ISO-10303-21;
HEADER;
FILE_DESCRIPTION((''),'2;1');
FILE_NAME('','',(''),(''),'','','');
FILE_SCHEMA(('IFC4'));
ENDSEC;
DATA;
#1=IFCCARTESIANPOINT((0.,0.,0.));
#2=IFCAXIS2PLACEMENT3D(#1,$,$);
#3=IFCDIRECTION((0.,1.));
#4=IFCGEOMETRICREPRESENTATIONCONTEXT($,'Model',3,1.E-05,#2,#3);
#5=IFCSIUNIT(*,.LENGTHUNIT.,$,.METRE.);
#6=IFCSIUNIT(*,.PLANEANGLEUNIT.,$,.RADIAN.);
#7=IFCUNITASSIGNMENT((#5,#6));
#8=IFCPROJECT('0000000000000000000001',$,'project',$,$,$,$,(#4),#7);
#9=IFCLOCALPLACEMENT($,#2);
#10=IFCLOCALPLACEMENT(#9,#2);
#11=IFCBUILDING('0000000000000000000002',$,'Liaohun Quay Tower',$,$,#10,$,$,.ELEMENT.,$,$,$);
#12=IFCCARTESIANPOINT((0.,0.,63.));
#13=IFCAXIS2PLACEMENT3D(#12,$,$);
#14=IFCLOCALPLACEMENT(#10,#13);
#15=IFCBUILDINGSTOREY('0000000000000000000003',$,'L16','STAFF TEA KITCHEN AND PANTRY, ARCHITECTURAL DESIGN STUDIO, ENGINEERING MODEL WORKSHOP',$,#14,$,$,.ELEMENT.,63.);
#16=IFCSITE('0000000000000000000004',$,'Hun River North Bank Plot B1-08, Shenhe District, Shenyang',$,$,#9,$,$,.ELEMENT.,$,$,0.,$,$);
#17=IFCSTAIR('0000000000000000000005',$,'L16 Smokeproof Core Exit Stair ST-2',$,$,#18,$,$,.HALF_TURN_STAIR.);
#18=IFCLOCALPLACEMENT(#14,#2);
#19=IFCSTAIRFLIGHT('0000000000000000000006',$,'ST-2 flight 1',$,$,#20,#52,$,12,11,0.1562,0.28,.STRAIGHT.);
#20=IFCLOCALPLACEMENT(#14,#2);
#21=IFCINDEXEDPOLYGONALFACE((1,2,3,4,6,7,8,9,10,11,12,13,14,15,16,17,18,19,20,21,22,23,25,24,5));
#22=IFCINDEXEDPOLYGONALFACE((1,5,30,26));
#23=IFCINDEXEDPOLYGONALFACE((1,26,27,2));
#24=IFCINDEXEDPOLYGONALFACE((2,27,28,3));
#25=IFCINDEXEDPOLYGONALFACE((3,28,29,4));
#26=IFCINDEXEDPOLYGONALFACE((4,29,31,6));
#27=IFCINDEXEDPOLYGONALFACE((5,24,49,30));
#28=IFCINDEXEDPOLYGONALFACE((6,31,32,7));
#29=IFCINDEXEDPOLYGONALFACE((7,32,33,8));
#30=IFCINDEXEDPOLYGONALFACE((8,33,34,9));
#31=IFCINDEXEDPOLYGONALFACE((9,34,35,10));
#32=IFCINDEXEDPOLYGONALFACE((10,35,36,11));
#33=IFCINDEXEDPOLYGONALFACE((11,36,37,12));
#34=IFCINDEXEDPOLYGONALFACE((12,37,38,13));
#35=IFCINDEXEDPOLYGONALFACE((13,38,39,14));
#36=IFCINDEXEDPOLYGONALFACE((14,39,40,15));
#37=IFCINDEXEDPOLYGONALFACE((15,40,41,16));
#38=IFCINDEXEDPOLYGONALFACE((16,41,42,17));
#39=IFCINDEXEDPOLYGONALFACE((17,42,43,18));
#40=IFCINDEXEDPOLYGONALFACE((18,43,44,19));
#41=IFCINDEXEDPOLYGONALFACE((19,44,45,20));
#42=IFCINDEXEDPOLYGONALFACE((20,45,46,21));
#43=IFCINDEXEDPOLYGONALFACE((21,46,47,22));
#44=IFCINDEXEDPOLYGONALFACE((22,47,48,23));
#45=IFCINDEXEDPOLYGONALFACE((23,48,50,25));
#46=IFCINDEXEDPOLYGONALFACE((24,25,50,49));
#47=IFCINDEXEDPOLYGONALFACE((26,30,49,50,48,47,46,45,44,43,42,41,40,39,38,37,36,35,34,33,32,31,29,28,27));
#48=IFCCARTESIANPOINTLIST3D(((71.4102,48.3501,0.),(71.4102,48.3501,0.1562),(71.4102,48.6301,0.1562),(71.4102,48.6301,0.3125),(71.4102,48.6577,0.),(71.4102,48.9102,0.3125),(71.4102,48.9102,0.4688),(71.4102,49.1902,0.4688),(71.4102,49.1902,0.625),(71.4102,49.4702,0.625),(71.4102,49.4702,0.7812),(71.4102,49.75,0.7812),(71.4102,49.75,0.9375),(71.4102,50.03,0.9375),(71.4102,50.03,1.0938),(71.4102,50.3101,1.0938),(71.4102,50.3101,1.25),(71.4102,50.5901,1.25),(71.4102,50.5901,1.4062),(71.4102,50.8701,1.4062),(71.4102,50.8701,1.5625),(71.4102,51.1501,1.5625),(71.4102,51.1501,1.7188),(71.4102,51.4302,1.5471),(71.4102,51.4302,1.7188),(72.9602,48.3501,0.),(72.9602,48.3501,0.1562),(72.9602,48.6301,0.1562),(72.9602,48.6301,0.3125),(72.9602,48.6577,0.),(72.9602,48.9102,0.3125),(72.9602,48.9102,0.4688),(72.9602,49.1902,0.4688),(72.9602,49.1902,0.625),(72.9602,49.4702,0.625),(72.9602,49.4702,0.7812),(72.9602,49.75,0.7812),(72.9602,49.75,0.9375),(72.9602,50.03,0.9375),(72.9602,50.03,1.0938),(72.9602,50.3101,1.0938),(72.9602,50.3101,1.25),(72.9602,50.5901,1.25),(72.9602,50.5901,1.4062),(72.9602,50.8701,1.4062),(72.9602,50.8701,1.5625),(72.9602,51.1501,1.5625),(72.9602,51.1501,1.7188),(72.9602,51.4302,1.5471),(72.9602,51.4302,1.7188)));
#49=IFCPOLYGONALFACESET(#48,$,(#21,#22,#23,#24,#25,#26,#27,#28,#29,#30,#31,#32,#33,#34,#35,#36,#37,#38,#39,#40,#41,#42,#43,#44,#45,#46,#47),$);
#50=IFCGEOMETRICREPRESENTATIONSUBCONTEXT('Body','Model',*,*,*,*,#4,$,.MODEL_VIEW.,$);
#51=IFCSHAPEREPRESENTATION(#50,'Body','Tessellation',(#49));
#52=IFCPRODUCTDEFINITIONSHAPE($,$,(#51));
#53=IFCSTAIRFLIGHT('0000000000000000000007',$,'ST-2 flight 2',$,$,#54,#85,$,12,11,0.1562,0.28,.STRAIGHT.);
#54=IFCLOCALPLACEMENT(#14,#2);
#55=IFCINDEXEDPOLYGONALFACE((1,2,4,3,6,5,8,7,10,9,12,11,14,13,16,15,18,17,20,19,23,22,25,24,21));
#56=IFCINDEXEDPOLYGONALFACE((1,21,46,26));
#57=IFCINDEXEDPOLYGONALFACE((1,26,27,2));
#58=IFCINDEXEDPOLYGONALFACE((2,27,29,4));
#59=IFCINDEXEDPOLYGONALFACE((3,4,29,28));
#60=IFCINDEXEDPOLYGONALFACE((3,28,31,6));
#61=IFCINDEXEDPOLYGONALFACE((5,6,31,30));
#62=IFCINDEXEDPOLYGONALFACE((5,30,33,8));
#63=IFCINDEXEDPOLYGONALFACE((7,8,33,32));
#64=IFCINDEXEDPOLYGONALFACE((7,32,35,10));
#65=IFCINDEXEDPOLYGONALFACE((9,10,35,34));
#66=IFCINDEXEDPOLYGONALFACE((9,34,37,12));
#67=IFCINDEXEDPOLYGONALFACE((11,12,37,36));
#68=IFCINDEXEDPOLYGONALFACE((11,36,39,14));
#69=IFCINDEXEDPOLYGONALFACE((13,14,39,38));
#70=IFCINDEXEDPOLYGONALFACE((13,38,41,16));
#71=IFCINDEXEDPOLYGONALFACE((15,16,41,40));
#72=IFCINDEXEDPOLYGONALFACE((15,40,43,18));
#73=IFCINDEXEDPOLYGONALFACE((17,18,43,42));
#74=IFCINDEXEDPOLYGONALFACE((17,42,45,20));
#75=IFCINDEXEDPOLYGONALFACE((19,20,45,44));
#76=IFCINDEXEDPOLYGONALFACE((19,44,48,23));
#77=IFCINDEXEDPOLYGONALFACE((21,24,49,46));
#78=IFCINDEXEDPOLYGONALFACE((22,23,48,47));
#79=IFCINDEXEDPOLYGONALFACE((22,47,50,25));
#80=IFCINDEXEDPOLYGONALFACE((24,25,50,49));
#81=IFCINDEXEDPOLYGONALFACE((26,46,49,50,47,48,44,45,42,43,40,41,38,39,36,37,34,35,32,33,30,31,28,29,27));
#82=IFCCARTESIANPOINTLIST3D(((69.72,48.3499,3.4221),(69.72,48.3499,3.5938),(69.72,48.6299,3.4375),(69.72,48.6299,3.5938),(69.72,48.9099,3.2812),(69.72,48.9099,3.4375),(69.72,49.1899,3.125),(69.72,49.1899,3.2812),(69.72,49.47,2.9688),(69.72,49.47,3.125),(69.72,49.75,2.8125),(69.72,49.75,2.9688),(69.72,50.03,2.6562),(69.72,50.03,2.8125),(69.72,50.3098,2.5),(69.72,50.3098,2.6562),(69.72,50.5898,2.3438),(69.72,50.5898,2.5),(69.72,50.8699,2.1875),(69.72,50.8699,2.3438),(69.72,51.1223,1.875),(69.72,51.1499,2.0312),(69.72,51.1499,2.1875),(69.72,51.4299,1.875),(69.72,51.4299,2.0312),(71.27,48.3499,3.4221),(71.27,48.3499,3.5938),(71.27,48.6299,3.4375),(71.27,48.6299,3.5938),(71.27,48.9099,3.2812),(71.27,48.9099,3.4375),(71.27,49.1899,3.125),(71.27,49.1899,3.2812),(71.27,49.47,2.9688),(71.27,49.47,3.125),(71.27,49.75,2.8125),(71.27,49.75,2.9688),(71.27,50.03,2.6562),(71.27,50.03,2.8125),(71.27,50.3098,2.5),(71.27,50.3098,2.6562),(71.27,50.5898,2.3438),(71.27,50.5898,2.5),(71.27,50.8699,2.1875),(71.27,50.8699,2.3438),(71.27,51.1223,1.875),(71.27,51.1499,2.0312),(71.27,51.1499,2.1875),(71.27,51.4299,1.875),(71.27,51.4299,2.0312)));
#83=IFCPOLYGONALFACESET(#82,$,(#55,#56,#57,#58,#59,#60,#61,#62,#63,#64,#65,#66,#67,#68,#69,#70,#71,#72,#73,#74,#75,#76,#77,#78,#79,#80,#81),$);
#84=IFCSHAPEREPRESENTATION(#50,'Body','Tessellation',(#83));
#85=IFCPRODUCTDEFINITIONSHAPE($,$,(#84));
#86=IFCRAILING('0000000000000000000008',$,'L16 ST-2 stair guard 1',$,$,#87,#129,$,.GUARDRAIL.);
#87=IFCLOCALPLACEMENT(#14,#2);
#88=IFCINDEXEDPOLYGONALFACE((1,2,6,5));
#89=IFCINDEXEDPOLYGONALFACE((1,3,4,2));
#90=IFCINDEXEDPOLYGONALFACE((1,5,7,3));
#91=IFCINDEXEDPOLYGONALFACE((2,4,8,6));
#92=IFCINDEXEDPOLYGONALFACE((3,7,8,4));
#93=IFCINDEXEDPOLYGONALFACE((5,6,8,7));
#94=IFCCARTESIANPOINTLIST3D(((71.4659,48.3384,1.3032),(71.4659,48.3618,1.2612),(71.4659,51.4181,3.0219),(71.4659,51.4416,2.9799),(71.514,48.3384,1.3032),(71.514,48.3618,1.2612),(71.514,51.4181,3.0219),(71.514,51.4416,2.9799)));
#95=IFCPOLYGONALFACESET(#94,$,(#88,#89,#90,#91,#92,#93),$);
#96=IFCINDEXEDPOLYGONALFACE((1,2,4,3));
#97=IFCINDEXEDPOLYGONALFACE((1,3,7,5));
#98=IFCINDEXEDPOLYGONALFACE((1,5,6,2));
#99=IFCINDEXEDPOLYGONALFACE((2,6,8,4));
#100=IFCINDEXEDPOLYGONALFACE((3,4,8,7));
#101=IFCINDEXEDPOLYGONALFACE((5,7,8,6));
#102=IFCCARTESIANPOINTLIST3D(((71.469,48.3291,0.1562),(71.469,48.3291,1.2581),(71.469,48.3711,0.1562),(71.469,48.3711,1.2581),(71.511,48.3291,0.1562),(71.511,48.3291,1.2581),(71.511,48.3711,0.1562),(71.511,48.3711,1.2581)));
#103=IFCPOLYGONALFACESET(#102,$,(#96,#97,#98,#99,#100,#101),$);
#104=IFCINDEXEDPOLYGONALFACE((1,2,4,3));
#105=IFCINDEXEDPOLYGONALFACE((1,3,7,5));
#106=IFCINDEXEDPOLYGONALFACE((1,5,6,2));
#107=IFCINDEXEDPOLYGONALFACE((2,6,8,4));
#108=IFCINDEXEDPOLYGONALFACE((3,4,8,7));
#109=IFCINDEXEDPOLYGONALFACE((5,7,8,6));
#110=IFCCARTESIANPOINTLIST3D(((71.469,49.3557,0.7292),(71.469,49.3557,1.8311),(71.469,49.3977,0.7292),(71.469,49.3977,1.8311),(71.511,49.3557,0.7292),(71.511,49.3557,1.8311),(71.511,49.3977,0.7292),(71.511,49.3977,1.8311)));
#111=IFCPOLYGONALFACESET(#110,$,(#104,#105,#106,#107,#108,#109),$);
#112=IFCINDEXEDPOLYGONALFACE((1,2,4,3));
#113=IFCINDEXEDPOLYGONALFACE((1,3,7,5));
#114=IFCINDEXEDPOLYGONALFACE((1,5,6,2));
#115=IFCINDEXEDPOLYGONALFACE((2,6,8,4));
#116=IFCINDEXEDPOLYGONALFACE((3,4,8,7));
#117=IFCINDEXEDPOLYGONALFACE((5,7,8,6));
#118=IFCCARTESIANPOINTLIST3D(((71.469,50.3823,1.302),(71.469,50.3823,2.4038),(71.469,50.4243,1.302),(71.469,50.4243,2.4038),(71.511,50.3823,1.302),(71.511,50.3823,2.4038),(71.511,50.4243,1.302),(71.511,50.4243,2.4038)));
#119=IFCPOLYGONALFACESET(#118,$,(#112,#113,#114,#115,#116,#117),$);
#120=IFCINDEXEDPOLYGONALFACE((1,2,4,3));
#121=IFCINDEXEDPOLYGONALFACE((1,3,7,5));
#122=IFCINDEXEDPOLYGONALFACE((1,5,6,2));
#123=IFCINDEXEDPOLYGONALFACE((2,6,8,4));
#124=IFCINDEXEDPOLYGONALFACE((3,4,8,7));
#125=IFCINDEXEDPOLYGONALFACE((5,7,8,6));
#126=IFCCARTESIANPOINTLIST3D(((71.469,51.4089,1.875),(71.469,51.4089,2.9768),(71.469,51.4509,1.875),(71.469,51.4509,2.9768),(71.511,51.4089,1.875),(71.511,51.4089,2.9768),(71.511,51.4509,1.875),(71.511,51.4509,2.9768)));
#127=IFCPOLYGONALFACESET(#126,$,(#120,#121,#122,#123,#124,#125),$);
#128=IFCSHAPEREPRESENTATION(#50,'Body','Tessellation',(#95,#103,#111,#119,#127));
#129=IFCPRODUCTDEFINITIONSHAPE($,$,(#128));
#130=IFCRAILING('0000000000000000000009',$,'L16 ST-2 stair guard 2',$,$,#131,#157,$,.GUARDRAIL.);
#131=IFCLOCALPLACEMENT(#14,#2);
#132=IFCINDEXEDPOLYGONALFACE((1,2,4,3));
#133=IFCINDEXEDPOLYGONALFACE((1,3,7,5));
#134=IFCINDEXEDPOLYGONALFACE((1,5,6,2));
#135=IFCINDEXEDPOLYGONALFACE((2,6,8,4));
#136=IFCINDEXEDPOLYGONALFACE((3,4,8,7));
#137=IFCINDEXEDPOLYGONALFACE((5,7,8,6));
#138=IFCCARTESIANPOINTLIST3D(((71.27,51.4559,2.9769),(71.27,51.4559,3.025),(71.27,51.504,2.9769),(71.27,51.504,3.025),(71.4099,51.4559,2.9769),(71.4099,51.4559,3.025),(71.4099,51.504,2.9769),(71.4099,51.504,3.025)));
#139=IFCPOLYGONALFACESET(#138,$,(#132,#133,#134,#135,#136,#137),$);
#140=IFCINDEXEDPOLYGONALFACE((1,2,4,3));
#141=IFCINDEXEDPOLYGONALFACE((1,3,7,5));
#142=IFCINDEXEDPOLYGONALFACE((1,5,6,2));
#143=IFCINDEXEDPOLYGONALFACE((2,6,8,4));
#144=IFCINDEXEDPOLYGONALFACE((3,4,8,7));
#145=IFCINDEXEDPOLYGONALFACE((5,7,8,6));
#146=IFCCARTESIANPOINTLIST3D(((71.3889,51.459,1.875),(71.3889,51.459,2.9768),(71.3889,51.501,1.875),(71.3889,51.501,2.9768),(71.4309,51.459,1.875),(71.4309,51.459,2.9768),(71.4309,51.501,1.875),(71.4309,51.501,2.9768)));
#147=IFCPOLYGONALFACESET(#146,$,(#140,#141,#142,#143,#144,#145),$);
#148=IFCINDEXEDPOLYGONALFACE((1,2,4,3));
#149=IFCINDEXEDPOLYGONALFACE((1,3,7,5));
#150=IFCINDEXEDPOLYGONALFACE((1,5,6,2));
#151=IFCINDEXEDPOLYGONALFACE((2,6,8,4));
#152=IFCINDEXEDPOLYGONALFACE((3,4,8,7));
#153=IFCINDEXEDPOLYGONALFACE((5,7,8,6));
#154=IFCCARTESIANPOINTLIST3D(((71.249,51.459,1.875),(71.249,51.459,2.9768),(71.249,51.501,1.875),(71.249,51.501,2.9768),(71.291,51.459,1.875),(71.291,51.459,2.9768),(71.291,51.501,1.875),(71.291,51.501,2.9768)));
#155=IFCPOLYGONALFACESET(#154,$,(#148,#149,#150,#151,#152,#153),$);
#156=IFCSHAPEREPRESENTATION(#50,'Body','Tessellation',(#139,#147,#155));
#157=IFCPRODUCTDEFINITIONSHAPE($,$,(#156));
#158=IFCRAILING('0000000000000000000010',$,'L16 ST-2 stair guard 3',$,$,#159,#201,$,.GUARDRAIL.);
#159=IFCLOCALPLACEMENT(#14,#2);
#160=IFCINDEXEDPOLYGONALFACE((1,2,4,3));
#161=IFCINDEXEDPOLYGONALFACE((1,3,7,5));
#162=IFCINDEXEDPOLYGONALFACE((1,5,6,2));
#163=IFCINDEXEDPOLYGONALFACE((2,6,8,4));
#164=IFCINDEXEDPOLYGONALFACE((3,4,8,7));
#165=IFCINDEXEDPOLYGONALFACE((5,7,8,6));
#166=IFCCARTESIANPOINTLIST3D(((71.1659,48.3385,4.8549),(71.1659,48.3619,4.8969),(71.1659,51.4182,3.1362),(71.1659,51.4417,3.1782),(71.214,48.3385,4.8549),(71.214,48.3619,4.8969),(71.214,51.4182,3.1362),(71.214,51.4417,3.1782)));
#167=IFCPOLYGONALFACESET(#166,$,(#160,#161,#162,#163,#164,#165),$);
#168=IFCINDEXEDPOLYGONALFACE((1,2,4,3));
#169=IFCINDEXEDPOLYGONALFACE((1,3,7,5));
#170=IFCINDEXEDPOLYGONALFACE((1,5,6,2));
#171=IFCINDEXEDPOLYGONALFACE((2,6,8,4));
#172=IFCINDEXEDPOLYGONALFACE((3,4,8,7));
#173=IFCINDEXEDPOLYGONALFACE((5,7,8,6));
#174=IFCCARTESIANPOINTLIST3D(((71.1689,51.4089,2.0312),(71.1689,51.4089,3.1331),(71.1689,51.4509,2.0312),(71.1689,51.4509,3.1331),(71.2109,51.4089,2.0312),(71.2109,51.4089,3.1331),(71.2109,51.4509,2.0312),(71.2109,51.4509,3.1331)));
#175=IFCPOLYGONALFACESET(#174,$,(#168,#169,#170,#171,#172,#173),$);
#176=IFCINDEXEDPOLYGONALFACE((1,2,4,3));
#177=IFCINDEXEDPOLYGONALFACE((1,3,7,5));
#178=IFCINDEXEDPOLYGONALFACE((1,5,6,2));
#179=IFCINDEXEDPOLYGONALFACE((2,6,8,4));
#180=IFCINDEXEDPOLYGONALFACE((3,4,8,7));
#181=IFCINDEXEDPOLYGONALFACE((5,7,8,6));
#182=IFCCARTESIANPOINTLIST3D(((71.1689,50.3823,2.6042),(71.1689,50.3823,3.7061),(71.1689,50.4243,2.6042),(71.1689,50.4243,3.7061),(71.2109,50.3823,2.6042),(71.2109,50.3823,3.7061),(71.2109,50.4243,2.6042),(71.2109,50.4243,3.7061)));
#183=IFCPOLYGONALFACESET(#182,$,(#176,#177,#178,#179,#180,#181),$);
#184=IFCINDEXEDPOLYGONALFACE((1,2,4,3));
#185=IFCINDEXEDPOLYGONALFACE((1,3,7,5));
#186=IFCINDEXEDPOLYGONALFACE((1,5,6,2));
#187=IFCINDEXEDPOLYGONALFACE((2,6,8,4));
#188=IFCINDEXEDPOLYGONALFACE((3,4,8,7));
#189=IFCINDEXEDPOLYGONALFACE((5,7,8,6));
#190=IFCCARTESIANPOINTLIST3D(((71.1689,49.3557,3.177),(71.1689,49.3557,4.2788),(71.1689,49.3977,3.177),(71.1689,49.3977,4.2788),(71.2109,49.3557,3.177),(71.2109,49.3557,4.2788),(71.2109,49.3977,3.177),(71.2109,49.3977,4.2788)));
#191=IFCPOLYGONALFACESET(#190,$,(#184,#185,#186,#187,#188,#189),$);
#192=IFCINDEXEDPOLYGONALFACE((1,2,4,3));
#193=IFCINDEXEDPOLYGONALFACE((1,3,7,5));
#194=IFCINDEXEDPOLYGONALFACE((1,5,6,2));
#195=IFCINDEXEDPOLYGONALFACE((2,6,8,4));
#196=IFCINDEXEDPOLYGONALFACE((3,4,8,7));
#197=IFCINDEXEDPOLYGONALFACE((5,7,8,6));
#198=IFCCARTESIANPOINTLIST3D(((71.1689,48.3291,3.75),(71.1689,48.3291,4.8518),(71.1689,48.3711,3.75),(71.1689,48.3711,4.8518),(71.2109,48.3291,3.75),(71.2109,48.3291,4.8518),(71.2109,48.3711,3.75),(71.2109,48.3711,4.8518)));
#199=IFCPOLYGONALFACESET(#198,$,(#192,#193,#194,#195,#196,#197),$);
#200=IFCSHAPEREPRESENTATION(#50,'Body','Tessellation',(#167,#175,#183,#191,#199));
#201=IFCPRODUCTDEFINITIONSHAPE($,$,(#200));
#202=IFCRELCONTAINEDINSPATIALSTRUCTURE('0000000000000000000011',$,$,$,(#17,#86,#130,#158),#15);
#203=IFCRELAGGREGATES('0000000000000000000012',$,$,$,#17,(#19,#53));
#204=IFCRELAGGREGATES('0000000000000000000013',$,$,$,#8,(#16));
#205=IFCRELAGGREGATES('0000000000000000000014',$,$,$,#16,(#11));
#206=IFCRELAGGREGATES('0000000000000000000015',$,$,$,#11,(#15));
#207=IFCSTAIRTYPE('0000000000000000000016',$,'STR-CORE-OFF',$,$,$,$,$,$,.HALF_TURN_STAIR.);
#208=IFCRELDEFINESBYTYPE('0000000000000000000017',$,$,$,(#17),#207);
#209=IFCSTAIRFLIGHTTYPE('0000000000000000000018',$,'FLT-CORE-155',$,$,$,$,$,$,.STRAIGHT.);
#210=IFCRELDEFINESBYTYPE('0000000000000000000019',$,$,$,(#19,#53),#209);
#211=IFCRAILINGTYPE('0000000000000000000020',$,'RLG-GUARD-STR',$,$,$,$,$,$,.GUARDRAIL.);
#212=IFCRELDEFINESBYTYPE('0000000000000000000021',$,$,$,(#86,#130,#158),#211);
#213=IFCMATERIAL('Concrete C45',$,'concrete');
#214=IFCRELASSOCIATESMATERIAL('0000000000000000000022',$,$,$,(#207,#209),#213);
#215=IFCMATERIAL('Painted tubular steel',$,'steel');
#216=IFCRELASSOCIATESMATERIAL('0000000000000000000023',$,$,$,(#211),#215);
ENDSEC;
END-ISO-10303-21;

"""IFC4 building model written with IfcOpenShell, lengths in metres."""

from ifc_helpers import new_model, si_unit, direction, frame, origin, origin_2d, place, context, subcontext, project, spatial, polyline, rectangle, outline, extrude, material, type_object, element, aggregate, save


model = new_model("IFC4")

# Units and contexts
model_context = context("Model", 3, precision=1e-05, world=origin(), true_north=direction((0.0, 1.0)))
body_context = subcontext(model_context, "Body", "Model", "MODEL_VIEW")
ifc_project = project(units=[si_unit("LENGTHUNIT", "METRE"), si_unit("PLANEANGLEUNIT", "RADIAN")], contexts=[model_context])

# Site, building, storey
site_placement = place(None, origin())
site = spatial("IfcSite", under=ifc_project, at=site_placement, Name="Hun River North Bank Plot B1-08, Shenhe District, Shenyang", CompositionType="ELEMENT", RefElevation=0.0)
building_placement = place(site_placement, origin())
building = spatial("IfcBuilding", under=site, at=building_placement, Name="Liaohun Quay Tower", CompositionType="ELEMENT")
storey_placement = place(building_placement, frame((0.0, 0.0, 63.0)))
storey = spatial("IfcBuildingStorey", under=building, at=storey_placement, Name="L16", Description="STAFF TEA KITCHEN AND PANTRY, ARCHITECTURAL DESIGN STUDIO, ENGINEERING MODEL WORKSHOP", CompositionType="ELEMENT", Elevation=63.0)

# Stair, stair flights
ifc_material_1 = material(Name="Concrete C45", Category="concrete")
stair_type = type_object("IfcStairType", Name="STR-CORE-OFF", PredefinedType="HALF_TURN_STAIR", material=ifc_material_1)
stair_placement = place(storey_placement, origin())
stair = element("IfcStair", 1, at=stair_placement, inside=storey, type_object=stair_type, Name="L16 Smokeproof Core Exit Stair ST-2", PredefinedType="HALF_TURN_STAIR")
stair_flight_type = type_object("IfcStairFlightType", Name="FLT-CORE-155", PredefinedType="STRAIGHT", material=ifc_material_1)
stair_flight_1_placement = place(storey_placement, frame((72.1851, 48.3501, 0.0), z_axis=(0.0, 0.0, 1.0), x_axis=(0.0, 1.0, 0.0)))
stair_flight_1 = element("IfcStairFlight", 2, at=stair_flight_1_placement, type_object=stair_flight_type, Name="ST-2 flight 1", NumberOfRisers=12, NumberOfTreads=11, PredefinedType="STRAIGHT", RiserHeight=0.1562, TreadLength=0.28, context=body_context, shape_type="SweptSolid", body=[
    extrude(outline(polyline([(0.0, 0.0), (0.0, 0.1562), (0.28, 0.1562), (0.28, 0.3125), (0.5601, 0.3125), (0.5601, 0.4688), (0.8401, 0.4688), (0.8401, 0.625), (1.1201, 0.625), (1.1201, 0.7812), (1.3999, 0.7812), (1.3999, 0.9375), (1.6799, 0.9375), (1.6799, 1.0938), (1.96, 1.0938), (1.96, 1.25), (2.24, 1.25), (2.24, 1.4062), (2.52, 1.4062), (2.52, 1.5625), (2.8, 1.5625), (2.8, 1.7188), (3.0801, 1.7188), (3.0801, 1.875), (3.0801, 1.5471), (0.3076, 0.0), (0.0, 0.0)])), frame((0.0, 0.7749, 0.0), z_axis=(0.0, -1.0, 0.0), x_axis=(1.0, 0.0, 0.0)), (0.0, 0.0, 1.0), 1.55),
])
stair_flight_2_placement = place(storey_placement, frame((70.4951, 51.4299, 1.875), z_axis=(0.0, 0.0, 1.0), x_axis=(0.0, -1.0, 0.0)))
stair_flight_2 = element("IfcStairFlight", 3, at=stair_flight_2_placement, type_object=stair_flight_type, Name="ST-2 flight 2", NumberOfRisers=12, NumberOfTreads=11, PredefinedType="STRAIGHT", RiserHeight=0.1562, TreadLength=0.28, context=body_context, shape_type="SweptSolid", body=[
    extrude(outline(polyline([(0.0, 0.0), (0.0, 0.1562), (0.28, 0.1562), (0.28, 0.3125), (0.5601, 0.3125), (0.5601, 0.4688), (0.8401, 0.4688), (0.8401, 0.625), (1.1201, 0.625), (1.1201, 0.7812), (1.3999, 0.7812), (1.3999, 0.9375), (1.6799, 0.9375), (1.6799, 1.0938), (1.96, 1.0938), (1.96, 1.25), (2.24, 1.25), (2.24, 1.4062), (2.52, 1.4062), (2.52, 1.5625), (2.8, 1.5625), (2.8, 1.7188), (3.0801, 1.7188), (3.0801, 1.875), (3.0801, 1.5471), (0.3076, 0.0), (0.0, 0.0)])), frame((0.0, 0.7749, 0.0), z_axis=(0.0, -1.0, 0.0), x_axis=(1.0, 0.0, 0.0)), (0.0, 0.0, 1.0), 1.55),
])
aggregate(stair, [stair_flight_1, stair_flight_2])

# Railings
ifc_material_2 = material(Name="Painted tubular steel", Category="steel")
railing_type_1 = type_object("IfcRailingType", Name="RLG-GUARD-STR", PredefinedType="GUARDRAIL", material=ifc_material_2)
railing_1_placement = place(storey_placement, frame((71.49, 48.3501, 0.1562)))
element("IfcRailing", 4, at=railing_1_placement, inside=storey, type_object=railing_type_1, Name="L16 ST-2 stair guard 1", PredefinedType="GUARDRAIL", context=body_context, shape_type="SweptSolid", body=[
    extrude(rectangle(XDim=0.0481, YDim=0.0481, at=origin_2d()), frame((0.0, 0.0, 1.126), z_axis=(0.0, 0.873225, 0.487317), x_axis=(-1.0, 0.0, 0.0)), (0.0, 0.0, 1.0), 3.5269),
    extrude(rectangle(XDim=0.042, YDim=0.042, at=origin_2d()), origin(), (0.0, 0.0, 1.0), 1.1018),
    extrude(rectangle(XDim=0.042, YDim=0.042, at=origin_2d()), frame((0.0, 1.0266, 0.573)), (0.0, 0.0, 1.0), 1.1018),
    extrude(rectangle(XDim=0.042, YDim=0.042, at=origin_2d()), frame((0.0, 2.0532, 1.1458)), (0.0, 0.0, 1.0), 1.1018),
    extrude(rectangle(XDim=0.042, YDim=0.042, at=origin_2d()), frame((0.0, 3.0798, 1.7188)), (0.0, 0.0, 1.0), 1.1018),
])
railing_2_placement = place(storey_placement, frame((71.4099, 51.48, 1.875)))
element("IfcRailing", 5, at=railing_2_placement, inside=storey, type_object=railing_type_1, Name="L16 ST-2 stair guard 2", PredefinedType="GUARDRAIL", context=body_context, shape_type="SweptSolid", body=[
    extrude(rectangle(XDim=0.0481, YDim=0.0481, at=origin_2d()), frame((0.0, 0.0, 1.126), z_axis=(-1.0, 0.0, 0.0), x_axis=(0.0, -1.0, 0.0)), (0.0, 0.0, 1.0), 0.1399),
    extrude(rectangle(XDim=0.042, YDim=0.042, at=origin_2d()), origin(), (0.0, 0.0, 1.0), 1.1018),
    extrude(rectangle(XDim=0.042, YDim=0.042, at=origin_2d()), frame((-0.1399, 0.0, 0.0)), (0.0, 0.0, 1.0), 1.1018),
])
railing_3_placement = place(storey_placement, frame((71.1899, 51.4299, 2.0312)))
element("IfcRailing", 6, at=railing_3_placement, inside=storey, type_object=railing_type_1, Name="L16 ST-2 stair guard 3", PredefinedType="GUARDRAIL", context=body_context, shape_type="SweptSolid", body=[
    extrude(rectangle(XDim=0.0481, YDim=0.0481, at=origin_2d()), frame((0.0, 0.0, 1.126), z_axis=(0.0, -0.873225, 0.487317), x_axis=(1.0, 0.0, 0.0)), (0.0, 0.0, 1.0), 3.5269),
    extrude(rectangle(XDim=0.042, YDim=0.042, at=origin_2d()), origin(), (0.0, 0.0, 1.0), 1.1018),
    extrude(rectangle(XDim=0.042, YDim=0.042, at=origin_2d()), frame((0.0, -1.0266, 0.573)), (0.0, 0.0, 1.0), 1.1018),
    extrude(rectangle(XDim=0.042, YDim=0.042, at=origin_2d()), frame((0.0, -2.0532, 1.1458)), (0.0, 0.0, 1.0), 1.1018),
    extrude(rectangle(XDim=0.042, YDim=0.042, at=origin_2d()), frame((0.0, -3.0798, 1.7188)), (0.0, 0.0, 1.0), 1.1018),
])

save(model, "model.ifc")
